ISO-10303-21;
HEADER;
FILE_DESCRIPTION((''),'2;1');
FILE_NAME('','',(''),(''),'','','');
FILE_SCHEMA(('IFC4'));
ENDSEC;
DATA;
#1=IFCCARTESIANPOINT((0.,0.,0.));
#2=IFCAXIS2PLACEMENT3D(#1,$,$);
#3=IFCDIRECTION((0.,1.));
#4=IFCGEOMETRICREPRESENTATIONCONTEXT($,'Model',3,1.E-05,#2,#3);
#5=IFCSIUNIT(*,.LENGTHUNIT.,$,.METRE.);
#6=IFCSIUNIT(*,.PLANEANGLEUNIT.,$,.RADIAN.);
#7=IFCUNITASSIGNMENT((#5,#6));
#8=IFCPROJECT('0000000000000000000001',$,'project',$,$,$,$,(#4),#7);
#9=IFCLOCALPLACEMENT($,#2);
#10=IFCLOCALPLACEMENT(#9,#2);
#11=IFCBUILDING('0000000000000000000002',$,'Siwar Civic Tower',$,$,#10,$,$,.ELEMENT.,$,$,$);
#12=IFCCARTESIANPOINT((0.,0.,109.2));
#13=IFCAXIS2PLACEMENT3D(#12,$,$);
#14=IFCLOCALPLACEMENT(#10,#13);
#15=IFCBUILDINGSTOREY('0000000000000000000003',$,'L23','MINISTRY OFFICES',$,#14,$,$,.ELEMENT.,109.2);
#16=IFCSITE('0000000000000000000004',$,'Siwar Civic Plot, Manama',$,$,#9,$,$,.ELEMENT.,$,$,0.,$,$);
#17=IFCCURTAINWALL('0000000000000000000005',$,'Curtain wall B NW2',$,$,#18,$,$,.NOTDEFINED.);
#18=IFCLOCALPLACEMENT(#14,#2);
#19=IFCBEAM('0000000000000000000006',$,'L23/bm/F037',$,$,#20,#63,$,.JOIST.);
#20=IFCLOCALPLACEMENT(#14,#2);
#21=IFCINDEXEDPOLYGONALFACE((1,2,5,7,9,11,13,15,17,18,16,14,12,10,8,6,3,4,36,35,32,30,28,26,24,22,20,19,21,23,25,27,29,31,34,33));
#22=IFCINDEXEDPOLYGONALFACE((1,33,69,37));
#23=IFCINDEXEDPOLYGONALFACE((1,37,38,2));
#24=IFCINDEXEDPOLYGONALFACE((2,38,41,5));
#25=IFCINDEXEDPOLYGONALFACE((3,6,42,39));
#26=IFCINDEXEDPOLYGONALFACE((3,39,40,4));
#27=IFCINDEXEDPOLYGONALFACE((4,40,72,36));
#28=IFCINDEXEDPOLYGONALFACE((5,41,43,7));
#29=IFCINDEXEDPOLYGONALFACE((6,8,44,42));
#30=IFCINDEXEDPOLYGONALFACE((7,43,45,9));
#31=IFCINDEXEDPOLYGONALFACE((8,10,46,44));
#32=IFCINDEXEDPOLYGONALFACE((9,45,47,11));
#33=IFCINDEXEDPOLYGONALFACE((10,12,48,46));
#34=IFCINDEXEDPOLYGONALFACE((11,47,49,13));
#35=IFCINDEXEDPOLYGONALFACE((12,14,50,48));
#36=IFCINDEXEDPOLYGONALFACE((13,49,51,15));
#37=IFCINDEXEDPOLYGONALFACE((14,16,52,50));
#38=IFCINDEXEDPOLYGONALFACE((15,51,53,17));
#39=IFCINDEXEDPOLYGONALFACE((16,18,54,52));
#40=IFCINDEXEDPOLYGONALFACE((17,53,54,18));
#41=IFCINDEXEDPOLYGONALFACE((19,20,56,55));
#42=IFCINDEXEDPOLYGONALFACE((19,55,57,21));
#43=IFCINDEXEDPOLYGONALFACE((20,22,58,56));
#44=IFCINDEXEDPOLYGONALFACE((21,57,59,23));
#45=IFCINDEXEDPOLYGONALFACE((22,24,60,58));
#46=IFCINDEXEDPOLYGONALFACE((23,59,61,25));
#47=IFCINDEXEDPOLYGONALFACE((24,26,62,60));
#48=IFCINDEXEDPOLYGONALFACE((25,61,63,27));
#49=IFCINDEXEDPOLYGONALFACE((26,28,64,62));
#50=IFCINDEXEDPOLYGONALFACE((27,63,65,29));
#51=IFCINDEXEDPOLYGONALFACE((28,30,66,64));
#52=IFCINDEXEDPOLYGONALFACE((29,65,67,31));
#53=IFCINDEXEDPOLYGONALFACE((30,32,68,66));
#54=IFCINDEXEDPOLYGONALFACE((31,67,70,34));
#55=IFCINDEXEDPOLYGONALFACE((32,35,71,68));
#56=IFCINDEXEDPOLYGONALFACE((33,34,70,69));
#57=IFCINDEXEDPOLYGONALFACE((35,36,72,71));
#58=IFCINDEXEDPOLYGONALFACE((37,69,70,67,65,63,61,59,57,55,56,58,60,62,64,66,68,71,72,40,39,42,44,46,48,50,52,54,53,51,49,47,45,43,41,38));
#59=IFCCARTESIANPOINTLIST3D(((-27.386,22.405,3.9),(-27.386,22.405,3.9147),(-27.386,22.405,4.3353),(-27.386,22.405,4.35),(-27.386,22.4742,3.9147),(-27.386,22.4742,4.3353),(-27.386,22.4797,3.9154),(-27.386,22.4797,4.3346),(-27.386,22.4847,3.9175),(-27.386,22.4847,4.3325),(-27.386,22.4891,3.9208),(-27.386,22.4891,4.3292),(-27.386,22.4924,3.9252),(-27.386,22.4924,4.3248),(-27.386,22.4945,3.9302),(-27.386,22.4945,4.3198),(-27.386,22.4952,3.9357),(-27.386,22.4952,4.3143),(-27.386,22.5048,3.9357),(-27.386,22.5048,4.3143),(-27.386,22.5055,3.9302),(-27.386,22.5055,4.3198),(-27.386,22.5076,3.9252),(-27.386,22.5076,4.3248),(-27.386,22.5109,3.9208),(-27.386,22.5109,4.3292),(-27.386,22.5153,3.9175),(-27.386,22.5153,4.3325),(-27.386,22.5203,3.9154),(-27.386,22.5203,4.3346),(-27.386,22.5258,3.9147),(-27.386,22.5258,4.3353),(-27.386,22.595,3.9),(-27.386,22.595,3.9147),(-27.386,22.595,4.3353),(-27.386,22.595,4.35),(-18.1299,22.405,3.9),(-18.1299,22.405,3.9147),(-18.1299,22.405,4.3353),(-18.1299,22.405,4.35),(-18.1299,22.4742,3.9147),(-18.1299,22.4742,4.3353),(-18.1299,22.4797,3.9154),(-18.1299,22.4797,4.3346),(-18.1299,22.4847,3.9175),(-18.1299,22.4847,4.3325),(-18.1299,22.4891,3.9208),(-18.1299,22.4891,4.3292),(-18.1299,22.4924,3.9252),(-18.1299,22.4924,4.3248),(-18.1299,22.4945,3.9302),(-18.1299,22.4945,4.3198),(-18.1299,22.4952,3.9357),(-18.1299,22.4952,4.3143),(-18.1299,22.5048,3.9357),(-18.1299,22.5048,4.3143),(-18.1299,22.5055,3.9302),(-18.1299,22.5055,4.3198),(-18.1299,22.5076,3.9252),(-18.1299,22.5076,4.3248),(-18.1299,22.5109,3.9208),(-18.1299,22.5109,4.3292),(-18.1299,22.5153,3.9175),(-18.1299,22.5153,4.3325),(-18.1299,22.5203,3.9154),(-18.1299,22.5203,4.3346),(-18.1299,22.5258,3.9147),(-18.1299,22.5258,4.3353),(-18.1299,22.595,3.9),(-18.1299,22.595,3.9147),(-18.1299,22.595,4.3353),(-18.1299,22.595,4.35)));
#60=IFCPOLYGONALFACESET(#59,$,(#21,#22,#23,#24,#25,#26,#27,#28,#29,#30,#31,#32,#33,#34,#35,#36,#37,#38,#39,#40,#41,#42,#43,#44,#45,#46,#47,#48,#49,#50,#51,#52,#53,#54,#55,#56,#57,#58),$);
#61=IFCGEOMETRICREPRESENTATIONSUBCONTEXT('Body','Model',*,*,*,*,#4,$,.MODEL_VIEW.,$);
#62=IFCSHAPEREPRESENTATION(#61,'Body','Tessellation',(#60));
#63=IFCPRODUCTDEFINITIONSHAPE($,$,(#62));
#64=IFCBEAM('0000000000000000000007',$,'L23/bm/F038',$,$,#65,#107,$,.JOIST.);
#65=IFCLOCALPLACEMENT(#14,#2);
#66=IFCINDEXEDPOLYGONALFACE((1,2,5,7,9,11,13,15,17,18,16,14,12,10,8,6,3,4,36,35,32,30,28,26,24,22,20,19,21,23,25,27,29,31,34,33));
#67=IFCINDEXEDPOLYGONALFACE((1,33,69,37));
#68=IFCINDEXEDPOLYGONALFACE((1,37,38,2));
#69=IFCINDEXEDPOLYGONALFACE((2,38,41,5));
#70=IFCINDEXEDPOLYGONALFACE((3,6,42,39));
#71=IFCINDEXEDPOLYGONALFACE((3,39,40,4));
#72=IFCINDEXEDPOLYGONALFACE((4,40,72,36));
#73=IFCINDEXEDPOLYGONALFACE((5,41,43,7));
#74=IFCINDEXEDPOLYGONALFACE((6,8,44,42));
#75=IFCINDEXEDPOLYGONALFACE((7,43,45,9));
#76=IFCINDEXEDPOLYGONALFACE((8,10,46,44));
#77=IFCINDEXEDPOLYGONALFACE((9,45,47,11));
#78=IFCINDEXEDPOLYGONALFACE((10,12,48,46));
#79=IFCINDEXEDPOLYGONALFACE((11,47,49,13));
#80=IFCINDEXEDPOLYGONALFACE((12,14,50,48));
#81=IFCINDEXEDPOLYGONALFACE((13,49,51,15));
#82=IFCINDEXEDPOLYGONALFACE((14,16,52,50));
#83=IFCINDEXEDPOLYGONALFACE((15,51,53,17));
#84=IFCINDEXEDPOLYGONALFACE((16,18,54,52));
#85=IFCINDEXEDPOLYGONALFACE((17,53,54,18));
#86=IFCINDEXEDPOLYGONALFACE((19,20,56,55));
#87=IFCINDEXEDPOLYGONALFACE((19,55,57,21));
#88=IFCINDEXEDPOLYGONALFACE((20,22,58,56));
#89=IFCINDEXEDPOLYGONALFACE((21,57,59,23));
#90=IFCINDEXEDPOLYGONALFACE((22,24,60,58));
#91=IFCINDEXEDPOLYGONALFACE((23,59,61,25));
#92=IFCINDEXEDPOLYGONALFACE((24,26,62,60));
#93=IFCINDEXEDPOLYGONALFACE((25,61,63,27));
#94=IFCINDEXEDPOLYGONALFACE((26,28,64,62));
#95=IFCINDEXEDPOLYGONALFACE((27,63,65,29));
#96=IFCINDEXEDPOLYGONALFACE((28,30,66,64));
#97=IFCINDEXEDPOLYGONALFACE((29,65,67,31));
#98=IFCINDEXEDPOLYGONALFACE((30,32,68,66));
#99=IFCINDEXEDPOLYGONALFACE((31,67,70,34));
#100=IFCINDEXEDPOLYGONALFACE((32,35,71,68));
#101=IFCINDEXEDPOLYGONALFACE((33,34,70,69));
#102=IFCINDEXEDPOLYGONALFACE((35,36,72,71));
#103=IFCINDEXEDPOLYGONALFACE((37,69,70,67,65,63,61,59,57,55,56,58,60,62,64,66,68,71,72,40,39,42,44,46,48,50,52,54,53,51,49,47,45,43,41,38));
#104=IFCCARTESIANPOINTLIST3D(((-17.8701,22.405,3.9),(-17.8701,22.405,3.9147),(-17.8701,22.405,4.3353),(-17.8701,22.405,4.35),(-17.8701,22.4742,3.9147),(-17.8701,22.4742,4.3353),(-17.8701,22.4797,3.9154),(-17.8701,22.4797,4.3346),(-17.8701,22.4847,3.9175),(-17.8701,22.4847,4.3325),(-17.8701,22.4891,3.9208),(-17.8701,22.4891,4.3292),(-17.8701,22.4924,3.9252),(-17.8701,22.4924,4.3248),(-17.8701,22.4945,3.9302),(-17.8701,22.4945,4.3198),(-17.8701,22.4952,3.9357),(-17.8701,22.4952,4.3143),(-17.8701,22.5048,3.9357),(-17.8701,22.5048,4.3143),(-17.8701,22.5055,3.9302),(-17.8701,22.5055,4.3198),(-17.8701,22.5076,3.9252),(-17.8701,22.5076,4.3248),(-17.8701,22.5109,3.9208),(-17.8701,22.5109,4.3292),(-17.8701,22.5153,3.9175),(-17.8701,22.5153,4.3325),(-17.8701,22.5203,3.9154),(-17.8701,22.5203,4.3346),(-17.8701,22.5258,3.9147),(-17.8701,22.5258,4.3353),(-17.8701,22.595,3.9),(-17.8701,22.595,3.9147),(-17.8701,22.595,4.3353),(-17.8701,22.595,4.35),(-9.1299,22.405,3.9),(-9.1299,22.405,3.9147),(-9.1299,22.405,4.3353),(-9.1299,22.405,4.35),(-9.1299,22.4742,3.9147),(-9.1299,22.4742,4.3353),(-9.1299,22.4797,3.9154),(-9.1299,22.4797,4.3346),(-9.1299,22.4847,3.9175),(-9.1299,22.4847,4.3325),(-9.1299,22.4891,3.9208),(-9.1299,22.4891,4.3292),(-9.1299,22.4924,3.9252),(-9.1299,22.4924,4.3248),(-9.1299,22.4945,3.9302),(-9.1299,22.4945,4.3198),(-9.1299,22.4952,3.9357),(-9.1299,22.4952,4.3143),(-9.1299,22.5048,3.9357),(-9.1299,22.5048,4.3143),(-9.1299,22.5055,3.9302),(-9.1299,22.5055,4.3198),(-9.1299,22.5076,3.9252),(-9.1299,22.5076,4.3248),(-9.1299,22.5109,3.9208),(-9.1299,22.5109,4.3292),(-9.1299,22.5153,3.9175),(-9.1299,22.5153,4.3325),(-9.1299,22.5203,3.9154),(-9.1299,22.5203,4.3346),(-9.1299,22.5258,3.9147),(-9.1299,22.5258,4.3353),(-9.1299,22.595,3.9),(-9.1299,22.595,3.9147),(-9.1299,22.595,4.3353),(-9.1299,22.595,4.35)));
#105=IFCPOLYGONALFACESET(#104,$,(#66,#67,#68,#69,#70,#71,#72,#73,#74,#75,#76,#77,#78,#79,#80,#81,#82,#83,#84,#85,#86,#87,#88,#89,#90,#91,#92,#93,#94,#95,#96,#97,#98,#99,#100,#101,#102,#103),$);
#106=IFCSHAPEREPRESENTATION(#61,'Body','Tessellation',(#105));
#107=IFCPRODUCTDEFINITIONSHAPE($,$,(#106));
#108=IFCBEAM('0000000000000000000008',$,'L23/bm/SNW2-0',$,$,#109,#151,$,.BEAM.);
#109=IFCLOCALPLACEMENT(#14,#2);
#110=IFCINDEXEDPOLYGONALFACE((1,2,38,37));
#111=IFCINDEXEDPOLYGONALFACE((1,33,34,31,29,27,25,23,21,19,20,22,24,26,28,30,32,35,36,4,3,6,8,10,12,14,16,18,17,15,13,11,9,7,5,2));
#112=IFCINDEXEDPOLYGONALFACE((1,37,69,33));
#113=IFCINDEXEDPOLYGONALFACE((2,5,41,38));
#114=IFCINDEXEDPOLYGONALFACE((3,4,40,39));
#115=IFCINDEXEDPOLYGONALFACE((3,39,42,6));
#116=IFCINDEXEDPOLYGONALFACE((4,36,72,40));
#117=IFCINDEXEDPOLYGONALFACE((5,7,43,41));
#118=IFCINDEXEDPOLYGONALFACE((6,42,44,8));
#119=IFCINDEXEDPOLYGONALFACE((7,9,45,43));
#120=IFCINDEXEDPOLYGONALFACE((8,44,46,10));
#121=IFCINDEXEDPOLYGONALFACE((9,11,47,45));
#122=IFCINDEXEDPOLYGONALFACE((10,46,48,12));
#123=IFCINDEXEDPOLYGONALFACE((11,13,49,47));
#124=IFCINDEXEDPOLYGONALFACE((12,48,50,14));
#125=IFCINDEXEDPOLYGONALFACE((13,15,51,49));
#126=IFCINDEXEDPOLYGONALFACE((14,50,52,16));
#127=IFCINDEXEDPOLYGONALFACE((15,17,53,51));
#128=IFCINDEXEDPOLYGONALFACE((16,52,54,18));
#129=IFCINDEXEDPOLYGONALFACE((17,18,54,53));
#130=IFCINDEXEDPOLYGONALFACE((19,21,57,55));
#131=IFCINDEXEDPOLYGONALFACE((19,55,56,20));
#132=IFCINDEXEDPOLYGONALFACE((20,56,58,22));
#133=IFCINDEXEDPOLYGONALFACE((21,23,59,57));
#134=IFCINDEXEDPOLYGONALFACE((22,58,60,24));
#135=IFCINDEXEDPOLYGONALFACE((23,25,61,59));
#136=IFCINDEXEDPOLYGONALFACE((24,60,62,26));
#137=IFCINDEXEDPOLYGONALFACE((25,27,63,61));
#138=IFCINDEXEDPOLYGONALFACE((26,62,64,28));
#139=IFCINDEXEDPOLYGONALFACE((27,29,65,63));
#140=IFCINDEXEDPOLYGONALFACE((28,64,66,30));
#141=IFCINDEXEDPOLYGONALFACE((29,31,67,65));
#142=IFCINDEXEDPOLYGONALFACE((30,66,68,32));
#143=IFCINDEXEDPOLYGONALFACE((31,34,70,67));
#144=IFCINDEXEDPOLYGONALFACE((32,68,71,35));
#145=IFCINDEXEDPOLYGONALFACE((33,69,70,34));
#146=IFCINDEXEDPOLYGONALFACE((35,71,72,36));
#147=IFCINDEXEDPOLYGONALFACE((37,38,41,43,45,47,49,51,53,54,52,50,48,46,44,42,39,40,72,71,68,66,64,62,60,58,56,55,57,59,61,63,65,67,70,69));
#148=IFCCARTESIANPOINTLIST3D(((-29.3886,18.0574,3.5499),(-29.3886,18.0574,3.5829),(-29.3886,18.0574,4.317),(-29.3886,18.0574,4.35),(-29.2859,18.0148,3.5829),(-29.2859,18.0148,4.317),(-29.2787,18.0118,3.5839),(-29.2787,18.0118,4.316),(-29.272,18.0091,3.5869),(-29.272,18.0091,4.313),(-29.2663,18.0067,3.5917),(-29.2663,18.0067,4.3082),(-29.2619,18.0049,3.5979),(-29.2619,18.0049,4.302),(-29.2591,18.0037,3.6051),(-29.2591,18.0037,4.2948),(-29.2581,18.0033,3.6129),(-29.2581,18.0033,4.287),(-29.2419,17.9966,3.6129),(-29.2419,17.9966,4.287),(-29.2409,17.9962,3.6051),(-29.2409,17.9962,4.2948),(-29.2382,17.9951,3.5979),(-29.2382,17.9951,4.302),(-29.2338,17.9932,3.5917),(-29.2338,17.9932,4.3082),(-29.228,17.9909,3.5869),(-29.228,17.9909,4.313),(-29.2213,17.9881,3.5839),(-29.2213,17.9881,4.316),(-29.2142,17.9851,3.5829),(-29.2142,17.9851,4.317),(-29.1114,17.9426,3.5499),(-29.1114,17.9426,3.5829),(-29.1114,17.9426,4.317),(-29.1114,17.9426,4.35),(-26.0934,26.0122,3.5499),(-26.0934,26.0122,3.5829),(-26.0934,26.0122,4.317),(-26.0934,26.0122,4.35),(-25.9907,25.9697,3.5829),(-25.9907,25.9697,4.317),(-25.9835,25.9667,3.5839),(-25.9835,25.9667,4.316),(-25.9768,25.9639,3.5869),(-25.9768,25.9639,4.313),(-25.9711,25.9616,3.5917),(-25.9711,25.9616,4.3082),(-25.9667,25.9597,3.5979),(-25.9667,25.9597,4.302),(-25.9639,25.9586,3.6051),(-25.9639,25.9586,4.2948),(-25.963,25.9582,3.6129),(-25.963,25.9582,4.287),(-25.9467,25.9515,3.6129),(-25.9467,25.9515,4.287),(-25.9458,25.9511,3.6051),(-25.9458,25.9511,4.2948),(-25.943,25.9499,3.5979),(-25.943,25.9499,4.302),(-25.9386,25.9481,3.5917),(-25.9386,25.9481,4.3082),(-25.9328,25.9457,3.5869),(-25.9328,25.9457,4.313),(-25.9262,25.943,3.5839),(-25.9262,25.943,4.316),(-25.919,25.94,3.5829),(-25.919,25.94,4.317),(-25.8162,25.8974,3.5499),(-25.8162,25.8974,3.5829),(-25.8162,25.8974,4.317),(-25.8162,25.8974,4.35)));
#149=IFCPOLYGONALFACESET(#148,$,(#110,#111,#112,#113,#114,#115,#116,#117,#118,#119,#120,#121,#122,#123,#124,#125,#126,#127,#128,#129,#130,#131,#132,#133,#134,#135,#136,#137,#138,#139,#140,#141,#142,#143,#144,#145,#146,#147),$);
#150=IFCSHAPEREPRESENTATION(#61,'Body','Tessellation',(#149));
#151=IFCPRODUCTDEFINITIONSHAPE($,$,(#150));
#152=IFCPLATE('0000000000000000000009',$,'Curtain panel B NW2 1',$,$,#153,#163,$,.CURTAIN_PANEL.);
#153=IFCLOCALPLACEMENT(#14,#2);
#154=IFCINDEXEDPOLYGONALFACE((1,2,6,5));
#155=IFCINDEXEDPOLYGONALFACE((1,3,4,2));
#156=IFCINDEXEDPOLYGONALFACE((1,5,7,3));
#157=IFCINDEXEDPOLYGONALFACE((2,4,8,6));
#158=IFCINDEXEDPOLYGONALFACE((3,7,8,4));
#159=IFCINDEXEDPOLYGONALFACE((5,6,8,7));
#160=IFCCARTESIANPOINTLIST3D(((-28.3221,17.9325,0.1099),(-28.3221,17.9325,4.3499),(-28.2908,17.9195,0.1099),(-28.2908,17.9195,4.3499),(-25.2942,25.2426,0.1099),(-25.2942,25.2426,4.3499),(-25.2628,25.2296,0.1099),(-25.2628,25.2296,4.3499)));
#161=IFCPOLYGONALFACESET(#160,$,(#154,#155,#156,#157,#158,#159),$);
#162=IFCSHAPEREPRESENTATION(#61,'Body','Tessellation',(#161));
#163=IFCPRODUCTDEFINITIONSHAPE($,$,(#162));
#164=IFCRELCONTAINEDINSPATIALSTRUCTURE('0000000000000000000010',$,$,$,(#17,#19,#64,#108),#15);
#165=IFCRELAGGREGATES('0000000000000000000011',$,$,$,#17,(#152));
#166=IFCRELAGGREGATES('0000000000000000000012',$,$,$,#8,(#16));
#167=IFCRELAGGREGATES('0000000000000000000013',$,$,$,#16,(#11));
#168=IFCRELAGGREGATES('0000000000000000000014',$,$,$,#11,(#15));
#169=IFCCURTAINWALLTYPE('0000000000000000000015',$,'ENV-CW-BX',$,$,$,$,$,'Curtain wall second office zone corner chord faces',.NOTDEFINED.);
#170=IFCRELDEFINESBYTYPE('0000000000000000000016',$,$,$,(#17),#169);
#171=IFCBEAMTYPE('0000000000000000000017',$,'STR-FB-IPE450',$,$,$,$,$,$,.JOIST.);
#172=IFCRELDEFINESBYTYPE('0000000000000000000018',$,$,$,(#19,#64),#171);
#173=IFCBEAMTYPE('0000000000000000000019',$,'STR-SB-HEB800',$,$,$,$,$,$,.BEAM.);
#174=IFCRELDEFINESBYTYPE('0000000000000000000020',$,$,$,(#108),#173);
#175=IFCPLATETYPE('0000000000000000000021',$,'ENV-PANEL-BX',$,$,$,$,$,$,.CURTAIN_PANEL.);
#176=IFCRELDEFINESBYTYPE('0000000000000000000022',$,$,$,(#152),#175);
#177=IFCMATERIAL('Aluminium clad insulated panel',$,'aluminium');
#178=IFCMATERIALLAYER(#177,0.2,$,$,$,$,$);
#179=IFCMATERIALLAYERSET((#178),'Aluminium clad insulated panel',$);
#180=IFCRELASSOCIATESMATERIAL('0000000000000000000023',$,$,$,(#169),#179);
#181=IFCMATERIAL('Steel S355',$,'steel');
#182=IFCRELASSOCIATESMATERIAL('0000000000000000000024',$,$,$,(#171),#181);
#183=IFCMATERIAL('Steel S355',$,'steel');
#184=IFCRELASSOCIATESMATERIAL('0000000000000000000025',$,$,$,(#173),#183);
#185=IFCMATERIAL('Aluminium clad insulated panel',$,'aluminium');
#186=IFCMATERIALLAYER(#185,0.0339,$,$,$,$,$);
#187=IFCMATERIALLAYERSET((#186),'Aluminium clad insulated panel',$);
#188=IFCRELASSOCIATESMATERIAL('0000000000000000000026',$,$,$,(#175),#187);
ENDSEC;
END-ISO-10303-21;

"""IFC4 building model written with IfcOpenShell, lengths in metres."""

from ifc_helpers import new_model, si_unit, direction, frame, origin, origin_2d, place, context, subcontext, project, spatial, rectangle, i_section, extrude, material, layer, layer_set, material_profile, profile_set, type_object, element, aggregate, save


model = new_model("IFC4")

# Units and contexts
model_context = context("Model", 3, precision=1e-05, world=origin(), true_north=direction((0.0, 1.0)))
body_context = subcontext(model_context, "Body", "Model", "MODEL_VIEW")
ifc_project = project(units=[si_unit("LENGTHUNIT", "METRE"), si_unit("PLANEANGLEUNIT", "RADIAN")], contexts=[model_context])

# Site, building, storey
site_placement = place(None, origin())
site = spatial("IfcSite", under=ifc_project, at=site_placement, Name="Siwar Civic Plot, Manama", CompositionType="ELEMENT", RefElevation=0.0)
building_placement = place(site_placement, origin())
building = spatial("IfcBuilding", under=site, at=building_placement, Name="Siwar Civic Tower", CompositionType="ELEMENT")
storey_placement = place(building_placement, frame((0.0, 0.0, 109.2)))
storey = spatial("IfcBuildingStorey", under=building, at=storey_placement, Name="L23", Description="MINISTRY OFFICES", CompositionType="ELEMENT", Elevation=109.2)

# Curtain wall
ifc_material_1 = material(Name="Aluminium clad insulated panel", Category="aluminium")
ifc_layer_1 = layer(ifc_material_1, 0.2)
ifc_layer_set_1 = layer_set([ifc_layer_1], Name="Aluminium clad insulated panel")
curtain_wall_type = type_object("IfcCurtainWallType", Name="ENV-CW-BX", ElementType="Curtain wall second office zone corner chord faces", PredefinedType="NOTDEFINED", material=ifc_layer_set_1)
curtain_wall_placement = place(storey_placement, origin())
curtain_wall = element("IfcCurtainWall", 1, at=curtain_wall_placement, inside=storey, type_object=curtain_wall_type, Name="Curtain wall B NW2", PredefinedType="NOTDEFINED")

# Beams
ifc_material_2 = material(Name="Steel S355", Category="steel")
ifc_material_profile_1 = material_profile(ifc_material_2, i_section(OverallWidth=0.1899, OverallDepth=0.45, WebThickness=0.0095, FlangeThickness=0.0146, FilletRadius=0.021, at=origin_2d()), Name="IPE450")
ifc_profile_set_1 = profile_set([ifc_material_profile_1], Name="Steel S355")
beam_type_1 = type_object("IfcBeamType", Name="STR-FB-IPE450", PredefinedType="JOIST", material=ifc_profile_set_1)
beam_1_placement = place(storey_placement, frame((-27.386, 22.5, 4.125), z_axis=(1.0, 0.0, 0.0), x_axis=(0.0, 1.0, 0.0)))
element("IfcBeam", 2, at=beam_1_placement, inside=storey, type_object=beam_type_1, Name="L23/bm/F037", PredefinedType="JOIST", context=body_context, shape_type="SweptSolid", body=[
    extrude(i_section(OverallWidth=0.1899, OverallDepth=0.45, WebThickness=0.0095, FlangeThickness=0.0146, FilletRadius=0.021, at=origin_2d()), origin(), (0.0, 0.0, 1.0), 9.2561),
])
beam_2_placement = place(storey_placement, frame((-17.8701, 22.5, 4.125), z_axis=(1.0, 0.0, 0.0), x_axis=(0.0, 1.0, 0.0)))
element("IfcBeam", 3, at=beam_2_placement, inside=storey, type_object=beam_type_1, Name="L23/bm/F038", PredefinedType="JOIST", context=body_context, shape_type="SweptSolid", body=[
    extrude(i_section(OverallWidth=0.1899, OverallDepth=0.45, WebThickness=0.0095, FlangeThickness=0.0146, FilletRadius=0.021, at=origin_2d()), origin(), (0.0, 0.0, 1.0), 8.7402),
])
ifc_material_3 = material(Name="Steel S355", Category="steel")
ifc_material_profile_2 = material_profile(ifc_material_3, i_section(OverallWidth=0.3, OverallDepth=0.8, WebThickness=0.0176, FlangeThickness=0.033, FilletRadius=0.03, at=origin_2d()), Name="HEB800")
ifc_profile_set_2 = profile_set([ifc_material_profile_2], Name="Steel S355")
beam_type_2 = type_object("IfcBeamType", Name="STR-SB-HEB800", PredefinedType="BEAM", material=ifc_profile_set_2)
beam_3_placement = place(storey_placement, frame((-25.9548, 25.9548, 3.95), z_axis=(-0.3827, -0.923873, 0.0), x_axis=(0.923873, -0.3827, 0.0)))
element("IfcBeam", 4, at=beam_3_placement, inside=storey, type_object=beam_type_2, Name="L23/bm/SNW2-0", PredefinedType="BEAM", context=body_context, shape_type="SweptSolid", body=[
    extrude(i_section(OverallWidth=0.3, OverallDepth=0.8, WebThickness=0.0176, FlangeThickness=0.033, FilletRadius=0.03, at=origin_2d()), origin(), (0.0, 0.0, 1.0), 8.6104),
])

# Plate
ifc_material_4 = material(Name="Aluminium clad insulated panel", Category="aluminium")
ifc_layer_2 = layer(ifc_material_4, 0.0339)
ifc_layer_set_2 = layer_set([ifc_layer_2], Name="Aluminium clad insulated panel")
plate_type = type_object("IfcPlateType", Name="ENV-PANEL-BX", PredefinedType="CURTAIN_PANEL", material=ifc_layer_set_2)
plate_placement = place(storey_placement, frame((-26.7925, 21.5811, 0.1099), z_axis=(0.0, 0.0, 1.0), x_axis=(-0.382683, -0.92388, 0.0)))
plate = element("IfcPlate", 5, at=plate_placement, type_object=plate_type, Name="Curtain panel B NW2 1", PredefinedType="CURTAIN_PANEL", context=body_context, shape_type="SweptSolid", body=[
    extrude(rectangle(XDim=7.9124, YDim=0.0339, at=origin_2d()), origin(), (0.0, 0.0, 1.0), 4.24),
])
aggregate(curtain_wall, [plate])

save(model, "model.ifc")
